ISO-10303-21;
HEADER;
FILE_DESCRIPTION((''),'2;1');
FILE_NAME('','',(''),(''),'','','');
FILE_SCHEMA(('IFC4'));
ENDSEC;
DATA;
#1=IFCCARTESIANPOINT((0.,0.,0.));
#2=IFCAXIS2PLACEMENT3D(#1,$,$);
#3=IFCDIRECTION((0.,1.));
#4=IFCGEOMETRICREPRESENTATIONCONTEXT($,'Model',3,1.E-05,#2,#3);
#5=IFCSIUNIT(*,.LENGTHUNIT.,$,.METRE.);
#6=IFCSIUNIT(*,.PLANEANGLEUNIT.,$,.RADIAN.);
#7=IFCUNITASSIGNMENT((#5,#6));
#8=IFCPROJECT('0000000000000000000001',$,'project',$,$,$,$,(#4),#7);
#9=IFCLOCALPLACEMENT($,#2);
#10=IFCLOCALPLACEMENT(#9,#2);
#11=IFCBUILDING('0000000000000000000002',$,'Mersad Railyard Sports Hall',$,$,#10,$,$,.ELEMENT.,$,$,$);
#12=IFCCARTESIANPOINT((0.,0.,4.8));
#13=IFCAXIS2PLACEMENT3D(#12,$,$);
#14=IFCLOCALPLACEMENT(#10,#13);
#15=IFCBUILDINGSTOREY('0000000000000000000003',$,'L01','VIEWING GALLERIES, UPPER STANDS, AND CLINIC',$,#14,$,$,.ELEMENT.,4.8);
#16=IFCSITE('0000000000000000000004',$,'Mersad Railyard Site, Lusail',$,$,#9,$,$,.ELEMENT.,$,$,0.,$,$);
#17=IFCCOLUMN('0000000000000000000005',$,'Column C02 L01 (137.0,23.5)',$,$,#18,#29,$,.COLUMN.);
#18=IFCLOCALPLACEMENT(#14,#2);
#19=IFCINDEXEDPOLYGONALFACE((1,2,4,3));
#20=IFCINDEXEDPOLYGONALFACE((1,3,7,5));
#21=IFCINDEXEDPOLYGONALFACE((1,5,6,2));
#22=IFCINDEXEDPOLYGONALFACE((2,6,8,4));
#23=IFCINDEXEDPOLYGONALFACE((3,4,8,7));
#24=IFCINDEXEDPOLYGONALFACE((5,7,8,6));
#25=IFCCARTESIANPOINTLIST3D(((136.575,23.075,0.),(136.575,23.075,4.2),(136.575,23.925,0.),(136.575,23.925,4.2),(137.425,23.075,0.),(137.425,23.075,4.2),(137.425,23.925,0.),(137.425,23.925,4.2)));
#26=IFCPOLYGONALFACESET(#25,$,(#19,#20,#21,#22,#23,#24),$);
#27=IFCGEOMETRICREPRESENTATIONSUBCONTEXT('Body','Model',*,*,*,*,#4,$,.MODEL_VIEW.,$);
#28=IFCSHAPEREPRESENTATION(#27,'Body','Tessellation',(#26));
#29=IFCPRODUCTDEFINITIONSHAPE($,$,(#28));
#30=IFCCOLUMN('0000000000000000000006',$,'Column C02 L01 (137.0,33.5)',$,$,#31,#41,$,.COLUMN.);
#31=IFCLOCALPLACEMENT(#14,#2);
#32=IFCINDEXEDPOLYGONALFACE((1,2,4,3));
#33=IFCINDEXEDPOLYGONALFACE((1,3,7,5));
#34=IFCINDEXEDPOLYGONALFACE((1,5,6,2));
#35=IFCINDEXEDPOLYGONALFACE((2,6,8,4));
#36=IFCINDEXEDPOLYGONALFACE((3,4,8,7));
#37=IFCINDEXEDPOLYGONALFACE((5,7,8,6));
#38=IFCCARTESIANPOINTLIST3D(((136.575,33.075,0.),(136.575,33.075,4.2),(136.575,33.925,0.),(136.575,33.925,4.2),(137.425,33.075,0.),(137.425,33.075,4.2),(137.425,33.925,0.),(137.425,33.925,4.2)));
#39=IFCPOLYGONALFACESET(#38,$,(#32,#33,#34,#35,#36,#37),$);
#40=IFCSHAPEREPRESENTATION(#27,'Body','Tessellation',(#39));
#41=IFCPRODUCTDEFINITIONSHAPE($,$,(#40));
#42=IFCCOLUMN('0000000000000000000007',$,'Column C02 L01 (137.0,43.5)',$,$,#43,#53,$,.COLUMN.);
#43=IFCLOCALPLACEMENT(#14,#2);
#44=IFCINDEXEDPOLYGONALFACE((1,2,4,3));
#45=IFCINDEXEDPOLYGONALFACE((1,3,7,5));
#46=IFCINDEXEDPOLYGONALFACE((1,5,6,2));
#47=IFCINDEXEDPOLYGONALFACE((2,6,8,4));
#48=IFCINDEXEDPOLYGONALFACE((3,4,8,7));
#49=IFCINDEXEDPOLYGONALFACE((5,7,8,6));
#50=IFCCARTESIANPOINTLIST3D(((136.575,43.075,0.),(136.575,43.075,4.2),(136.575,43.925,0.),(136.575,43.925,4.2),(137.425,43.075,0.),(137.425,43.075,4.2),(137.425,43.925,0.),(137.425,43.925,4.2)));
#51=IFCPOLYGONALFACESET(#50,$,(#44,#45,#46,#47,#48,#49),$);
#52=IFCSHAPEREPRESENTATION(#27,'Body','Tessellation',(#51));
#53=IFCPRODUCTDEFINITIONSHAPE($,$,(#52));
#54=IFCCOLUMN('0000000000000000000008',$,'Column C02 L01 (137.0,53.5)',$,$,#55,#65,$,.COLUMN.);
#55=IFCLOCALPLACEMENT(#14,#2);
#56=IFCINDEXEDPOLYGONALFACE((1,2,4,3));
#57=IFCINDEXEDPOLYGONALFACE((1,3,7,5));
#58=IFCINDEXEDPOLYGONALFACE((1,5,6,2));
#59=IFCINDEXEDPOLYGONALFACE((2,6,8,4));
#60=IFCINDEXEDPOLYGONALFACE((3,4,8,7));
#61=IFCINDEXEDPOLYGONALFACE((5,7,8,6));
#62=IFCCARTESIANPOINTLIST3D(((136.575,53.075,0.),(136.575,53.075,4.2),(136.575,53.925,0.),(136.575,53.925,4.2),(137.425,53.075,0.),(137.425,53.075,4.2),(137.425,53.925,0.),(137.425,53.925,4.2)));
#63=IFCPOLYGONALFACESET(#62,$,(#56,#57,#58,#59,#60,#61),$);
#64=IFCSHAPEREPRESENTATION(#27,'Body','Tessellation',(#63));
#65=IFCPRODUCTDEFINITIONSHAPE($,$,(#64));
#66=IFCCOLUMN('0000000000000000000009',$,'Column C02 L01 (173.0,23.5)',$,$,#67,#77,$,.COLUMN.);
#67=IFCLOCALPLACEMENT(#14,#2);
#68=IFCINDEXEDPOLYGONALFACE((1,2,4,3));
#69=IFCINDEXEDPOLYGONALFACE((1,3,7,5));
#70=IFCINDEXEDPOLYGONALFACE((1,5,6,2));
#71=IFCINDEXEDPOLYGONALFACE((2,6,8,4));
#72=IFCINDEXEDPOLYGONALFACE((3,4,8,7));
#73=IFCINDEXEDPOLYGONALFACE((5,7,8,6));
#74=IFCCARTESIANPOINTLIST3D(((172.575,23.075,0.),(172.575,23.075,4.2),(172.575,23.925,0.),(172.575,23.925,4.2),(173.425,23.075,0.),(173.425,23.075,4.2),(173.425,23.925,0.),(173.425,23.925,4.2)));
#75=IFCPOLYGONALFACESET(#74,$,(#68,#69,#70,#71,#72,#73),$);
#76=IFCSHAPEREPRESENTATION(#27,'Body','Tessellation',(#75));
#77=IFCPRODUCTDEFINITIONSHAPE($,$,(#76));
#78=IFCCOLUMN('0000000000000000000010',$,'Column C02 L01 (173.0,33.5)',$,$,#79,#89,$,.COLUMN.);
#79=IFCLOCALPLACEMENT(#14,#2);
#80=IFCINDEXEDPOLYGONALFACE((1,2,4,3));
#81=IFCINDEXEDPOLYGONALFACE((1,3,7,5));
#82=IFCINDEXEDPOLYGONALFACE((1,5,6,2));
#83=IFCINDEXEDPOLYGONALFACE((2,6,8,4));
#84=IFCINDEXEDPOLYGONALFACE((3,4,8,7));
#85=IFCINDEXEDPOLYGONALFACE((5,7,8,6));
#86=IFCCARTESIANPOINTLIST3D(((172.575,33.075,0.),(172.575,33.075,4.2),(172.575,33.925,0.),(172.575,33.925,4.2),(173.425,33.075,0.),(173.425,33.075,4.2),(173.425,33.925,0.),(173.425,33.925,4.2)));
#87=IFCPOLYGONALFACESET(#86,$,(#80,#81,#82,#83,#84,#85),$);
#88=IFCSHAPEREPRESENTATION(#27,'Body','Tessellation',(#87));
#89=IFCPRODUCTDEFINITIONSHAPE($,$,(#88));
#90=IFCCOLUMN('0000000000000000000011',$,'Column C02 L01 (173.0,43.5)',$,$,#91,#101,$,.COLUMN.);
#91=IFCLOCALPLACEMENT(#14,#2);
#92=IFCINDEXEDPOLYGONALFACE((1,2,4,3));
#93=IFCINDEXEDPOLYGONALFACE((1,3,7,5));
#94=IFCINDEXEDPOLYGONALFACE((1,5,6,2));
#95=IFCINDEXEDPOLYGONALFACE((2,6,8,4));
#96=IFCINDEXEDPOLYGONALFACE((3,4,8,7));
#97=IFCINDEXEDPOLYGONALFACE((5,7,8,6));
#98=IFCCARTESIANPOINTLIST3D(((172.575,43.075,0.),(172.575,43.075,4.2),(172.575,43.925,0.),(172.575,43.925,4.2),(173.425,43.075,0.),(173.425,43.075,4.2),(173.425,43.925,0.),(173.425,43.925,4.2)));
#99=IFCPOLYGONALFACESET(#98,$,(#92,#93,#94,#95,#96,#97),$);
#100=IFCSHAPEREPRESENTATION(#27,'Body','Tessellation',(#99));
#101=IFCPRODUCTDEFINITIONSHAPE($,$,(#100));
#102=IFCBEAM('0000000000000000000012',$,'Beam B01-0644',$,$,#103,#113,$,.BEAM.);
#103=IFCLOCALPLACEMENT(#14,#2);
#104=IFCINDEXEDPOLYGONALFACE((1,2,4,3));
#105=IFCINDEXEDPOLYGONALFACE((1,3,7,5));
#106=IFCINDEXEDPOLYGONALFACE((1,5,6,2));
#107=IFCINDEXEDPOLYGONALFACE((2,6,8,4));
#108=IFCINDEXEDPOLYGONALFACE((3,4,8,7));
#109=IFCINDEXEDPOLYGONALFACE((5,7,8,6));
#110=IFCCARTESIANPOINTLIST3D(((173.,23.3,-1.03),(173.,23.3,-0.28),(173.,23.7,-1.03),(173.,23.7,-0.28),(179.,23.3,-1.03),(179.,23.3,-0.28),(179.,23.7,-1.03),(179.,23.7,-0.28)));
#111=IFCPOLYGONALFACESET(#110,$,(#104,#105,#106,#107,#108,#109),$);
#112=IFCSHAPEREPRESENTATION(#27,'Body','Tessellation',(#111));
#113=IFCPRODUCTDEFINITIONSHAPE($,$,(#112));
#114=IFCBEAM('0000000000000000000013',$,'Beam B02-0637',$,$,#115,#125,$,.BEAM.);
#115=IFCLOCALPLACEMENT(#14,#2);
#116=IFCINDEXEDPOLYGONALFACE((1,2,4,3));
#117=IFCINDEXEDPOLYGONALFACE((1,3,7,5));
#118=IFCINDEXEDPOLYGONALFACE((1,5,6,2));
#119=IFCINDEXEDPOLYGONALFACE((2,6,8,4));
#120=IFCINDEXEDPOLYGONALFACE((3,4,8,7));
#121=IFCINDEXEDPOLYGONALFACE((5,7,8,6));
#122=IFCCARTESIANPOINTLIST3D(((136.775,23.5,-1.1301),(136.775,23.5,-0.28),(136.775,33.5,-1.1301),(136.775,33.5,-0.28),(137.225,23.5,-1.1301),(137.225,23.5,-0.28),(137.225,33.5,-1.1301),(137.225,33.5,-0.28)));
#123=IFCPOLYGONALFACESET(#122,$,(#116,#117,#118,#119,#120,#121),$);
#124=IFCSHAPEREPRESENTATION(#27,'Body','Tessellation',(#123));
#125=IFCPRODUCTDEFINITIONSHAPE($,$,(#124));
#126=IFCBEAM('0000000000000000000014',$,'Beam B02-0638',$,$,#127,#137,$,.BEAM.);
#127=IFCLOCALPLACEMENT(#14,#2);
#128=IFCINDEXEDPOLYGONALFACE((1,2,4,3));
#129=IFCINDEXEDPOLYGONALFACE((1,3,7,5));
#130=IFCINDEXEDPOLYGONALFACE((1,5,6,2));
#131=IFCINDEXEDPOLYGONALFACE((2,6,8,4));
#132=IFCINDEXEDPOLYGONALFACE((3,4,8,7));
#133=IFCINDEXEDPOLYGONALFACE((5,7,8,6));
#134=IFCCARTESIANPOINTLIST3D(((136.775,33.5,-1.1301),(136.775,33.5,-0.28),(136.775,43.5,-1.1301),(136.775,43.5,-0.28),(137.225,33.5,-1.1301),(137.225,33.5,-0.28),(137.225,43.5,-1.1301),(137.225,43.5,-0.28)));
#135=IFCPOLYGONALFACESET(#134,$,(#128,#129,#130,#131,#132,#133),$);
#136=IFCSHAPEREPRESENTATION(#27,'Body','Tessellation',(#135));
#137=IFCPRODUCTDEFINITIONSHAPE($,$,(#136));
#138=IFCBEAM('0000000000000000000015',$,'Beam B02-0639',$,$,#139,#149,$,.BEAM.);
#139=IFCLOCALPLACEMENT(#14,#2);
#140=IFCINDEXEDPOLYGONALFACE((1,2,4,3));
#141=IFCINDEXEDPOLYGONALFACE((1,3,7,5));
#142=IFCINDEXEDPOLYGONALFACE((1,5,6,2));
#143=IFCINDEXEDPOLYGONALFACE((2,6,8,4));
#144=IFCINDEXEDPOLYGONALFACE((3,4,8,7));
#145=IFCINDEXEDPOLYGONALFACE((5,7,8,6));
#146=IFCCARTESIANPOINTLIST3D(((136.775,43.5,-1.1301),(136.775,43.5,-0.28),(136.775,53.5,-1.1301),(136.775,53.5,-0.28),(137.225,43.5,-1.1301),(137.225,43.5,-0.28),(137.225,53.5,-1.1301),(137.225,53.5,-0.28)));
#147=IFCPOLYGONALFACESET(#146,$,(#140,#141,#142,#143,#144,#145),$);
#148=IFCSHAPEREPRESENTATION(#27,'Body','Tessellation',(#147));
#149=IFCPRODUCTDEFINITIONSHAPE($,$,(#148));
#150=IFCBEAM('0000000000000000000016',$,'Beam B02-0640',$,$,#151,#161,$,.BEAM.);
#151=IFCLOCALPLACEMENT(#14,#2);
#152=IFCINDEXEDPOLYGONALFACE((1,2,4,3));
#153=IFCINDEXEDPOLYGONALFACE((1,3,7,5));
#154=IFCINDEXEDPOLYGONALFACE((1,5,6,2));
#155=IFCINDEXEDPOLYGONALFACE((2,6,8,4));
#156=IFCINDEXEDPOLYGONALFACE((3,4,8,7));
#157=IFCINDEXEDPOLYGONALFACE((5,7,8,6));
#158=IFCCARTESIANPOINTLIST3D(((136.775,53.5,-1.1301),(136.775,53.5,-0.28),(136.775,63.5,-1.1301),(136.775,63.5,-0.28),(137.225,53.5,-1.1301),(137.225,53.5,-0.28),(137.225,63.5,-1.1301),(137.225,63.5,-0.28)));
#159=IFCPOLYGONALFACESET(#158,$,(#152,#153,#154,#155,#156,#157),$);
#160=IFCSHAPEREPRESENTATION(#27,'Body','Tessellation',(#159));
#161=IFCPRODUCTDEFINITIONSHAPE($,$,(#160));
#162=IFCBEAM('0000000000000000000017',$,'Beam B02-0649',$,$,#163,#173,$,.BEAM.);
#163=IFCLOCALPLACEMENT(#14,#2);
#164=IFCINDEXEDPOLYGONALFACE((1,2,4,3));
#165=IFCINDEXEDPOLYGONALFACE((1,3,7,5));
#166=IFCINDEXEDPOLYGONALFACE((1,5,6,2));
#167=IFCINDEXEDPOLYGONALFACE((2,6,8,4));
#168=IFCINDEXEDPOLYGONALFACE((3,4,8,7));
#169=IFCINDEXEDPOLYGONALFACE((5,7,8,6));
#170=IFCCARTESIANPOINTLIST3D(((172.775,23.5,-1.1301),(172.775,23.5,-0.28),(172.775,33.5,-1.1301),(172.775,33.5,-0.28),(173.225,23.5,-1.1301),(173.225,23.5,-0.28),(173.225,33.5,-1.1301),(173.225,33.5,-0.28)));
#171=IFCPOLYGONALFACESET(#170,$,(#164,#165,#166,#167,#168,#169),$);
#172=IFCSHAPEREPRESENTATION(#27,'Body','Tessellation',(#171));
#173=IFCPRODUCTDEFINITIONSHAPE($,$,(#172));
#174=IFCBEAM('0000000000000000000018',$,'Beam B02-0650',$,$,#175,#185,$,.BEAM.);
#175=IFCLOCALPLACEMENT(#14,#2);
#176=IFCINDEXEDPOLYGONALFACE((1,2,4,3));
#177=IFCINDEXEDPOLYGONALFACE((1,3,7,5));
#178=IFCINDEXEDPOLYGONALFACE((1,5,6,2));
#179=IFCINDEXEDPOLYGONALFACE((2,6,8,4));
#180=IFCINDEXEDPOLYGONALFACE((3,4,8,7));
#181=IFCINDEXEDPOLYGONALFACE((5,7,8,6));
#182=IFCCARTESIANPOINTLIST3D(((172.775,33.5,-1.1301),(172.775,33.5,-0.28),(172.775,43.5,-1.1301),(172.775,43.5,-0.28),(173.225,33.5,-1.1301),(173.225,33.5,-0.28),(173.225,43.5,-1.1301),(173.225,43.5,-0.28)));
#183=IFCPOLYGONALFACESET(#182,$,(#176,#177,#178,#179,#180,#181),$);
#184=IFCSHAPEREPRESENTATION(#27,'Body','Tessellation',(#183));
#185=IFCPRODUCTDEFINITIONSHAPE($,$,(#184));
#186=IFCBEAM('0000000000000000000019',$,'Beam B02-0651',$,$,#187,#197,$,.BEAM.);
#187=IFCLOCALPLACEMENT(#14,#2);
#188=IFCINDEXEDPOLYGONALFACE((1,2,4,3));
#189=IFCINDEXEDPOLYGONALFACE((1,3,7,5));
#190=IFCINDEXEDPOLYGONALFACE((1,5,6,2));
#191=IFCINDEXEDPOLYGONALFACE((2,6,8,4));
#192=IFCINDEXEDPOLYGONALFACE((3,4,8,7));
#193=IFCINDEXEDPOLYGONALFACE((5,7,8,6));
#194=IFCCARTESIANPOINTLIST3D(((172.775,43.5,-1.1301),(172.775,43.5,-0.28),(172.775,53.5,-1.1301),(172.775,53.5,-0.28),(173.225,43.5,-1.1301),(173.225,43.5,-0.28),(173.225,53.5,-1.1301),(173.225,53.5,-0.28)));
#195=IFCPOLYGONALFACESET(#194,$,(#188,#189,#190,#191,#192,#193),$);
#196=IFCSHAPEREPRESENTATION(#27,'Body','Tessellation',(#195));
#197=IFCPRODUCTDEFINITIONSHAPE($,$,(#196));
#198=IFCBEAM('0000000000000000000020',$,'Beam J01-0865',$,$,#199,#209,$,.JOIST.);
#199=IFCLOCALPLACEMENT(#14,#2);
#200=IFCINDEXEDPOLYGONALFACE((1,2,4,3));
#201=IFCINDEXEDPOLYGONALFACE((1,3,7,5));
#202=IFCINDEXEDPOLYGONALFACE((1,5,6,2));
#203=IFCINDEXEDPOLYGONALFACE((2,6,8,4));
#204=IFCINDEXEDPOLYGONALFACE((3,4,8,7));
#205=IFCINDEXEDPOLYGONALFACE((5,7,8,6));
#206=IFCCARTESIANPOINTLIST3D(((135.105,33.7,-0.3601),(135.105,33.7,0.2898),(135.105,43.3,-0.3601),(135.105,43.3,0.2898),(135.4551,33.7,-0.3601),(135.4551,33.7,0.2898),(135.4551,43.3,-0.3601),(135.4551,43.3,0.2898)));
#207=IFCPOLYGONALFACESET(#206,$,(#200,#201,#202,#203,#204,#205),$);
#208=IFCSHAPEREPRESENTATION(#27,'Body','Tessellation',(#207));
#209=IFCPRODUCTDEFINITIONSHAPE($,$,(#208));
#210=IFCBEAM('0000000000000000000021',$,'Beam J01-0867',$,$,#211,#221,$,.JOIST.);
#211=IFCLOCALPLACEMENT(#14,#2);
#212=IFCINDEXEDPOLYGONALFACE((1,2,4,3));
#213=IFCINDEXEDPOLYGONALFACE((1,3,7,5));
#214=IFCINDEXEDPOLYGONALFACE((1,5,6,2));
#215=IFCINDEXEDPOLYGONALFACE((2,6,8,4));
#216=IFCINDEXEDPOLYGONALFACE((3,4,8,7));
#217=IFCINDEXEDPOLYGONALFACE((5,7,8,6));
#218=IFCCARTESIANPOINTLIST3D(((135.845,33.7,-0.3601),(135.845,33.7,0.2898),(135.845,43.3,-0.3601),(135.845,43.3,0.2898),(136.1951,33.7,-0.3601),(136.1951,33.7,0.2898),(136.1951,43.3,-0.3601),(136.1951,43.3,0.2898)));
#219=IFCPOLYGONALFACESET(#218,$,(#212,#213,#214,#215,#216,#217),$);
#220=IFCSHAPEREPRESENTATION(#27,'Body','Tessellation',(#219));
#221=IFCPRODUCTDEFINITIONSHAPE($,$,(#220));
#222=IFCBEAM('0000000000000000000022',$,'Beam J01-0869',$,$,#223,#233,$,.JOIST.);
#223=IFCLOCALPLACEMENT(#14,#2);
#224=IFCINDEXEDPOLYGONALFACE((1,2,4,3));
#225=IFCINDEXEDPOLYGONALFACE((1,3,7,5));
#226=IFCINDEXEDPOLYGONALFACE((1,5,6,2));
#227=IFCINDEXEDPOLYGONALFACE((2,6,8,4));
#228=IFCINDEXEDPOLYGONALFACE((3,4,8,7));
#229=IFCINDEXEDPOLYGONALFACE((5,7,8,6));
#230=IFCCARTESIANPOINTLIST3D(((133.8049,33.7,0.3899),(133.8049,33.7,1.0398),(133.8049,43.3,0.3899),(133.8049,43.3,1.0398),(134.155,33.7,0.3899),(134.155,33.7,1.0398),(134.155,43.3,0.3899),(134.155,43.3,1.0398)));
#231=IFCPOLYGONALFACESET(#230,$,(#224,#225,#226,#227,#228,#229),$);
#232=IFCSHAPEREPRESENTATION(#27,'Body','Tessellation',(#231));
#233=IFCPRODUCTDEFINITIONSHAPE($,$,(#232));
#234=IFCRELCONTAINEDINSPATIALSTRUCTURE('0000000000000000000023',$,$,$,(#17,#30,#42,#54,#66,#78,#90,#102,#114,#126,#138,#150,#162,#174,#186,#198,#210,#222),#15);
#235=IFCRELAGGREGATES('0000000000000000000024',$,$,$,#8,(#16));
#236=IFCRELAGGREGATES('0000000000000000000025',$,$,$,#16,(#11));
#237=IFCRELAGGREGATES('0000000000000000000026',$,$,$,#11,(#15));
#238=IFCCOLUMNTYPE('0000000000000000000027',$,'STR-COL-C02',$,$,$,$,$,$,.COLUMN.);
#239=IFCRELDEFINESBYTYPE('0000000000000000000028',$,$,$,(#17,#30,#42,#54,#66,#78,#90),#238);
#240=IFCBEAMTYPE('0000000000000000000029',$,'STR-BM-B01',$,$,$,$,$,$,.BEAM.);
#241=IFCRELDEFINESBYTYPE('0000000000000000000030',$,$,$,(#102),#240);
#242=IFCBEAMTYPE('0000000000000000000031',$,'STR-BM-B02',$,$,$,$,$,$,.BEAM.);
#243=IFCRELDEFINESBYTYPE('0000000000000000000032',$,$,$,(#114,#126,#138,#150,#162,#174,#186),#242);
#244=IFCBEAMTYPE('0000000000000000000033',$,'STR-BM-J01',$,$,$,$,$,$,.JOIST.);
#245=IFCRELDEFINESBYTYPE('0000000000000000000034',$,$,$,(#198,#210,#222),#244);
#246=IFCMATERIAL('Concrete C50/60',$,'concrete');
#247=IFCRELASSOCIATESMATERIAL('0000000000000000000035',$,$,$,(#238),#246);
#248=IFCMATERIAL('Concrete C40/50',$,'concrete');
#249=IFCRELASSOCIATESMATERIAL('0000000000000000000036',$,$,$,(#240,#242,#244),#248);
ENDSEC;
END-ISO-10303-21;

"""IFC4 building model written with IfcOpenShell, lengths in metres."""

from ifc_helpers import new_model, si_unit, direction, frame, origin, origin_2d, place, context, subcontext, project, spatial, rectangle, extrude, material, material_profile, profile_set, type_object, element, save


model = new_model("IFC4")

# Units and contexts
model_context = context("Model", 3, precision=1e-05, world=origin(), true_north=direction((0.0, 1.0)))
body_context = subcontext(model_context, "Body", "Model", "MODEL_VIEW")
ifc_project = project(units=[si_unit("LENGTHUNIT", "METRE"), si_unit("PLANEANGLEUNIT", "RADIAN")], contexts=[model_context])

# Site, building, storey
site_placement = place(None, origin())
site = spatial("IfcSite", under=ifc_project, at=site_placement, Name="Mersad Railyard Site, Lusail", CompositionType="ELEMENT", RefElevation=0.0)
building_placement = place(site_placement, origin())
building = spatial("IfcBuilding", under=site, at=building_placement, Name="Mersad Railyard Sports Hall", CompositionType="ELEMENT")
storey_placement = place(building_placement, frame((0.0, 0.0, 4.8)))
storey = spatial("IfcBuildingStorey", under=building, at=storey_placement, Name="L01", Description="VIEWING GALLERIES, UPPER STANDS, AND CLINIC", CompositionType="ELEMENT", Elevation=4.8)

# Columns
ifc_material_1 = material(Name="Concrete C50/60", Category="concrete")
ifc_material_profile_1 = material_profile(ifc_material_1, rectangle(XDim=0.8501, YDim=0.8501, at=origin_2d()), Name="RC 850x850")
ifc_profile_set_1 = profile_set([ifc_material_profile_1], Name="Concrete C50/60")
column_type = type_object("IfcColumnType", Name="STR-COL-C02", PredefinedType="COLUMN", material=ifc_profile_set_1)
for number, where, z_axis, x_axis, name in (
    (1, (137.0, 23.5, 0.0), (0.0, 0.0, 1.0), (1.0, 0.0, 0.0), "Column C02 L01 (137.0,23.5)"),
    (2, (137.0, 33.5, 0.0), (0.0, 0.0, 1.0), (1.0, 0.0, 0.0), "Column C02 L01 (137.0,33.5)"),
    (3, (137.0, 43.5, 0.0), (0.0, 0.0, 1.0), (1.0, 0.0, 0.0), "Column C02 L01 (137.0,43.5)"),
    (4, (137.0, 53.5, 0.0), (0.0, 0.0, 1.0), (1.0, 0.0, 0.0), "Column C02 L01 (137.0,53.5)"),
    (5, (173.0, 23.5, 0.0), (0.0, 0.0, 1.0), (1.0, 0.0, 0.0), "Column C02 L01 (173.0,23.5)"),
    (6, (173.0, 33.5, 0.0), (0.0, 0.0, 1.0), (1.0, 0.0, 0.0), "Column C02 L01 (173.0,33.5)"),
    (7, (173.0, 43.5, 0.0), (0.0, 0.0, 1.0), (1.0, 0.0, 0.0), "Column C02 L01 (173.0,43.5)"),
):
    element("IfcColumn", number, at=place(storey_placement, frame(where, z_axis=z_axis, x_axis=x_axis)), inside=storey, type_object=column_type, Name=name, PredefinedType="COLUMN", context=body_context, shape_type="SweptSolid", body=[
        extrude(rectangle(XDim=0.8501, YDim=0.8501, at=origin_2d()), origin(), (0.0, 0.0, 1.0), 4.2),
    ])

# Beams
ifc_material_2 = material(Name="Concrete C40/50", Category="concrete")
ifc_material_profile_2 = material_profile(ifc_material_2, rectangle(XDim=0.3999, YDim=0.75, at=origin_2d()), Name="RC 400x750")
ifc_profile_set_2 = profile_set([ifc_material_profile_2], Name="Concrete C40/50")
beam_type_1 = type_object("IfcBeamType", Name="STR-BM-B01", PredefinedType="BEAM", material=ifc_profile_set_2)
beam_placement = place(storey_placement, frame((173.0, 23.5, -0.655), z_axis=(1.0, 0.0, 0.0), x_axis=(0.0, 1.0, 0.0)))
element("IfcBeam", 8, at=beam_placement, inside=storey, type_object=beam_type_1, Name="Beam B01-0644", PredefinedType="BEAM", context=body_context, shape_type="SweptSolid", body=[
    extrude(rectangle(XDim=0.3999, YDim=0.75, at=origin_2d()), origin(), (0.0, 0.0, 1.0), 6.0),
])
ifc_material_profile_3 = material_profile(ifc_material_2, rectangle(XDim=0.45, YDim=0.8501, at=origin_2d()), Name="RC 450x850")
ifc_profile_set_3 = profile_set([ifc_material_profile_3], Name="Concrete C40/50")
beam_type_2 = type_object("IfcBeamType", Name="STR-BM-B02", PredefinedType="BEAM", material=ifc_profile_set_3)
for number, where, z_axis, x_axis, name in (
    (9, (137.0, 23.5, -0.7051), (0.0, 1.0, 0.0), (-1.0, 0.0, 0.0), "Beam B02-0637"),
    (10, (137.0, 33.5, -0.7051), (0.0, 1.0, 0.0), (-1.0, 0.0, 0.0), "Beam B02-0638"),
    (11, (137.0, 43.5, -0.7051), (0.0, 1.0, 0.0), (-1.0, 0.0, 0.0), "Beam B02-0639"),
    (12, (137.0, 53.5, -0.7051), (0.0, 1.0, 0.0), (-1.0, 0.0, 0.0), "Beam B02-0640"),
    (13, (173.0, 23.5, -0.7051), (0.0, 1.0, 0.0), (-1.0, 0.0, 0.0), "Beam B02-0649"),
    (14, (173.0, 33.5, -0.7051), (0.0, 1.0, 0.0), (-1.0, 0.0, 0.0), "Beam B02-0650"),
    (15, (173.0, 43.5, -0.7051), (0.0, 1.0, 0.0), (-1.0, 0.0, 0.0), "Beam B02-0651"),
):
    element("IfcBeam", number, at=place(storey_placement, frame(where, z_axis=z_axis, x_axis=x_axis)), inside=storey, type_object=beam_type_2, Name=name, PredefinedType="BEAM", context=body_context, shape_type="SweptSolid", body=[
        extrude(rectangle(XDim=0.45, YDim=0.8501, at=origin_2d()), origin(), (0.0, 0.0, 1.0), 10.0),
    ])
ifc_material_profile_4 = material_profile(ifc_material_2, rectangle(XDim=0.3501, YDim=0.6499, at=origin_2d()), Name="RC 350x650")
ifc_profile_set_4 = profile_set([ifc_material_profile_4], Name="Concrete C40/50")
beam_type_3 = type_object("IfcBeamType", Name="STR-BM-J01", PredefinedType="JOIST", material=ifc_profile_set_4)
for number, where, z_axis, x_axis, name in (
    (16, (135.28, 33.7, -0.0352), (0.0, 1.0, 0.0), (-1.0, 0.0, 0.0), "Beam J01-0865"),
    (17, (136.02, 33.7, -0.0352), (0.0, 1.0, 0.0), (-1.0, 0.0, 0.0), "Beam J01-0867"),
    (18, (133.98, 33.7, 0.7148), (0.0, 1.0, 0.0), (-1.0, 0.0, 0.0), "Beam J01-0869"),
):
    element("IfcBeam", number, at=place(storey_placement, frame(where, z_axis=z_axis, x_axis=x_axis)), inside=storey, type_object=beam_type_3, Name=name, PredefinedType="JOIST", context=body_context, shape_type="SweptSolid", body=[
        extrude(rectangle(XDim=0.3501, YDim=0.6499, at=origin_2d()), origin(), (0.0, 0.0, 1.0), 9.6001),
    ])

save(model, "model.ifc")
